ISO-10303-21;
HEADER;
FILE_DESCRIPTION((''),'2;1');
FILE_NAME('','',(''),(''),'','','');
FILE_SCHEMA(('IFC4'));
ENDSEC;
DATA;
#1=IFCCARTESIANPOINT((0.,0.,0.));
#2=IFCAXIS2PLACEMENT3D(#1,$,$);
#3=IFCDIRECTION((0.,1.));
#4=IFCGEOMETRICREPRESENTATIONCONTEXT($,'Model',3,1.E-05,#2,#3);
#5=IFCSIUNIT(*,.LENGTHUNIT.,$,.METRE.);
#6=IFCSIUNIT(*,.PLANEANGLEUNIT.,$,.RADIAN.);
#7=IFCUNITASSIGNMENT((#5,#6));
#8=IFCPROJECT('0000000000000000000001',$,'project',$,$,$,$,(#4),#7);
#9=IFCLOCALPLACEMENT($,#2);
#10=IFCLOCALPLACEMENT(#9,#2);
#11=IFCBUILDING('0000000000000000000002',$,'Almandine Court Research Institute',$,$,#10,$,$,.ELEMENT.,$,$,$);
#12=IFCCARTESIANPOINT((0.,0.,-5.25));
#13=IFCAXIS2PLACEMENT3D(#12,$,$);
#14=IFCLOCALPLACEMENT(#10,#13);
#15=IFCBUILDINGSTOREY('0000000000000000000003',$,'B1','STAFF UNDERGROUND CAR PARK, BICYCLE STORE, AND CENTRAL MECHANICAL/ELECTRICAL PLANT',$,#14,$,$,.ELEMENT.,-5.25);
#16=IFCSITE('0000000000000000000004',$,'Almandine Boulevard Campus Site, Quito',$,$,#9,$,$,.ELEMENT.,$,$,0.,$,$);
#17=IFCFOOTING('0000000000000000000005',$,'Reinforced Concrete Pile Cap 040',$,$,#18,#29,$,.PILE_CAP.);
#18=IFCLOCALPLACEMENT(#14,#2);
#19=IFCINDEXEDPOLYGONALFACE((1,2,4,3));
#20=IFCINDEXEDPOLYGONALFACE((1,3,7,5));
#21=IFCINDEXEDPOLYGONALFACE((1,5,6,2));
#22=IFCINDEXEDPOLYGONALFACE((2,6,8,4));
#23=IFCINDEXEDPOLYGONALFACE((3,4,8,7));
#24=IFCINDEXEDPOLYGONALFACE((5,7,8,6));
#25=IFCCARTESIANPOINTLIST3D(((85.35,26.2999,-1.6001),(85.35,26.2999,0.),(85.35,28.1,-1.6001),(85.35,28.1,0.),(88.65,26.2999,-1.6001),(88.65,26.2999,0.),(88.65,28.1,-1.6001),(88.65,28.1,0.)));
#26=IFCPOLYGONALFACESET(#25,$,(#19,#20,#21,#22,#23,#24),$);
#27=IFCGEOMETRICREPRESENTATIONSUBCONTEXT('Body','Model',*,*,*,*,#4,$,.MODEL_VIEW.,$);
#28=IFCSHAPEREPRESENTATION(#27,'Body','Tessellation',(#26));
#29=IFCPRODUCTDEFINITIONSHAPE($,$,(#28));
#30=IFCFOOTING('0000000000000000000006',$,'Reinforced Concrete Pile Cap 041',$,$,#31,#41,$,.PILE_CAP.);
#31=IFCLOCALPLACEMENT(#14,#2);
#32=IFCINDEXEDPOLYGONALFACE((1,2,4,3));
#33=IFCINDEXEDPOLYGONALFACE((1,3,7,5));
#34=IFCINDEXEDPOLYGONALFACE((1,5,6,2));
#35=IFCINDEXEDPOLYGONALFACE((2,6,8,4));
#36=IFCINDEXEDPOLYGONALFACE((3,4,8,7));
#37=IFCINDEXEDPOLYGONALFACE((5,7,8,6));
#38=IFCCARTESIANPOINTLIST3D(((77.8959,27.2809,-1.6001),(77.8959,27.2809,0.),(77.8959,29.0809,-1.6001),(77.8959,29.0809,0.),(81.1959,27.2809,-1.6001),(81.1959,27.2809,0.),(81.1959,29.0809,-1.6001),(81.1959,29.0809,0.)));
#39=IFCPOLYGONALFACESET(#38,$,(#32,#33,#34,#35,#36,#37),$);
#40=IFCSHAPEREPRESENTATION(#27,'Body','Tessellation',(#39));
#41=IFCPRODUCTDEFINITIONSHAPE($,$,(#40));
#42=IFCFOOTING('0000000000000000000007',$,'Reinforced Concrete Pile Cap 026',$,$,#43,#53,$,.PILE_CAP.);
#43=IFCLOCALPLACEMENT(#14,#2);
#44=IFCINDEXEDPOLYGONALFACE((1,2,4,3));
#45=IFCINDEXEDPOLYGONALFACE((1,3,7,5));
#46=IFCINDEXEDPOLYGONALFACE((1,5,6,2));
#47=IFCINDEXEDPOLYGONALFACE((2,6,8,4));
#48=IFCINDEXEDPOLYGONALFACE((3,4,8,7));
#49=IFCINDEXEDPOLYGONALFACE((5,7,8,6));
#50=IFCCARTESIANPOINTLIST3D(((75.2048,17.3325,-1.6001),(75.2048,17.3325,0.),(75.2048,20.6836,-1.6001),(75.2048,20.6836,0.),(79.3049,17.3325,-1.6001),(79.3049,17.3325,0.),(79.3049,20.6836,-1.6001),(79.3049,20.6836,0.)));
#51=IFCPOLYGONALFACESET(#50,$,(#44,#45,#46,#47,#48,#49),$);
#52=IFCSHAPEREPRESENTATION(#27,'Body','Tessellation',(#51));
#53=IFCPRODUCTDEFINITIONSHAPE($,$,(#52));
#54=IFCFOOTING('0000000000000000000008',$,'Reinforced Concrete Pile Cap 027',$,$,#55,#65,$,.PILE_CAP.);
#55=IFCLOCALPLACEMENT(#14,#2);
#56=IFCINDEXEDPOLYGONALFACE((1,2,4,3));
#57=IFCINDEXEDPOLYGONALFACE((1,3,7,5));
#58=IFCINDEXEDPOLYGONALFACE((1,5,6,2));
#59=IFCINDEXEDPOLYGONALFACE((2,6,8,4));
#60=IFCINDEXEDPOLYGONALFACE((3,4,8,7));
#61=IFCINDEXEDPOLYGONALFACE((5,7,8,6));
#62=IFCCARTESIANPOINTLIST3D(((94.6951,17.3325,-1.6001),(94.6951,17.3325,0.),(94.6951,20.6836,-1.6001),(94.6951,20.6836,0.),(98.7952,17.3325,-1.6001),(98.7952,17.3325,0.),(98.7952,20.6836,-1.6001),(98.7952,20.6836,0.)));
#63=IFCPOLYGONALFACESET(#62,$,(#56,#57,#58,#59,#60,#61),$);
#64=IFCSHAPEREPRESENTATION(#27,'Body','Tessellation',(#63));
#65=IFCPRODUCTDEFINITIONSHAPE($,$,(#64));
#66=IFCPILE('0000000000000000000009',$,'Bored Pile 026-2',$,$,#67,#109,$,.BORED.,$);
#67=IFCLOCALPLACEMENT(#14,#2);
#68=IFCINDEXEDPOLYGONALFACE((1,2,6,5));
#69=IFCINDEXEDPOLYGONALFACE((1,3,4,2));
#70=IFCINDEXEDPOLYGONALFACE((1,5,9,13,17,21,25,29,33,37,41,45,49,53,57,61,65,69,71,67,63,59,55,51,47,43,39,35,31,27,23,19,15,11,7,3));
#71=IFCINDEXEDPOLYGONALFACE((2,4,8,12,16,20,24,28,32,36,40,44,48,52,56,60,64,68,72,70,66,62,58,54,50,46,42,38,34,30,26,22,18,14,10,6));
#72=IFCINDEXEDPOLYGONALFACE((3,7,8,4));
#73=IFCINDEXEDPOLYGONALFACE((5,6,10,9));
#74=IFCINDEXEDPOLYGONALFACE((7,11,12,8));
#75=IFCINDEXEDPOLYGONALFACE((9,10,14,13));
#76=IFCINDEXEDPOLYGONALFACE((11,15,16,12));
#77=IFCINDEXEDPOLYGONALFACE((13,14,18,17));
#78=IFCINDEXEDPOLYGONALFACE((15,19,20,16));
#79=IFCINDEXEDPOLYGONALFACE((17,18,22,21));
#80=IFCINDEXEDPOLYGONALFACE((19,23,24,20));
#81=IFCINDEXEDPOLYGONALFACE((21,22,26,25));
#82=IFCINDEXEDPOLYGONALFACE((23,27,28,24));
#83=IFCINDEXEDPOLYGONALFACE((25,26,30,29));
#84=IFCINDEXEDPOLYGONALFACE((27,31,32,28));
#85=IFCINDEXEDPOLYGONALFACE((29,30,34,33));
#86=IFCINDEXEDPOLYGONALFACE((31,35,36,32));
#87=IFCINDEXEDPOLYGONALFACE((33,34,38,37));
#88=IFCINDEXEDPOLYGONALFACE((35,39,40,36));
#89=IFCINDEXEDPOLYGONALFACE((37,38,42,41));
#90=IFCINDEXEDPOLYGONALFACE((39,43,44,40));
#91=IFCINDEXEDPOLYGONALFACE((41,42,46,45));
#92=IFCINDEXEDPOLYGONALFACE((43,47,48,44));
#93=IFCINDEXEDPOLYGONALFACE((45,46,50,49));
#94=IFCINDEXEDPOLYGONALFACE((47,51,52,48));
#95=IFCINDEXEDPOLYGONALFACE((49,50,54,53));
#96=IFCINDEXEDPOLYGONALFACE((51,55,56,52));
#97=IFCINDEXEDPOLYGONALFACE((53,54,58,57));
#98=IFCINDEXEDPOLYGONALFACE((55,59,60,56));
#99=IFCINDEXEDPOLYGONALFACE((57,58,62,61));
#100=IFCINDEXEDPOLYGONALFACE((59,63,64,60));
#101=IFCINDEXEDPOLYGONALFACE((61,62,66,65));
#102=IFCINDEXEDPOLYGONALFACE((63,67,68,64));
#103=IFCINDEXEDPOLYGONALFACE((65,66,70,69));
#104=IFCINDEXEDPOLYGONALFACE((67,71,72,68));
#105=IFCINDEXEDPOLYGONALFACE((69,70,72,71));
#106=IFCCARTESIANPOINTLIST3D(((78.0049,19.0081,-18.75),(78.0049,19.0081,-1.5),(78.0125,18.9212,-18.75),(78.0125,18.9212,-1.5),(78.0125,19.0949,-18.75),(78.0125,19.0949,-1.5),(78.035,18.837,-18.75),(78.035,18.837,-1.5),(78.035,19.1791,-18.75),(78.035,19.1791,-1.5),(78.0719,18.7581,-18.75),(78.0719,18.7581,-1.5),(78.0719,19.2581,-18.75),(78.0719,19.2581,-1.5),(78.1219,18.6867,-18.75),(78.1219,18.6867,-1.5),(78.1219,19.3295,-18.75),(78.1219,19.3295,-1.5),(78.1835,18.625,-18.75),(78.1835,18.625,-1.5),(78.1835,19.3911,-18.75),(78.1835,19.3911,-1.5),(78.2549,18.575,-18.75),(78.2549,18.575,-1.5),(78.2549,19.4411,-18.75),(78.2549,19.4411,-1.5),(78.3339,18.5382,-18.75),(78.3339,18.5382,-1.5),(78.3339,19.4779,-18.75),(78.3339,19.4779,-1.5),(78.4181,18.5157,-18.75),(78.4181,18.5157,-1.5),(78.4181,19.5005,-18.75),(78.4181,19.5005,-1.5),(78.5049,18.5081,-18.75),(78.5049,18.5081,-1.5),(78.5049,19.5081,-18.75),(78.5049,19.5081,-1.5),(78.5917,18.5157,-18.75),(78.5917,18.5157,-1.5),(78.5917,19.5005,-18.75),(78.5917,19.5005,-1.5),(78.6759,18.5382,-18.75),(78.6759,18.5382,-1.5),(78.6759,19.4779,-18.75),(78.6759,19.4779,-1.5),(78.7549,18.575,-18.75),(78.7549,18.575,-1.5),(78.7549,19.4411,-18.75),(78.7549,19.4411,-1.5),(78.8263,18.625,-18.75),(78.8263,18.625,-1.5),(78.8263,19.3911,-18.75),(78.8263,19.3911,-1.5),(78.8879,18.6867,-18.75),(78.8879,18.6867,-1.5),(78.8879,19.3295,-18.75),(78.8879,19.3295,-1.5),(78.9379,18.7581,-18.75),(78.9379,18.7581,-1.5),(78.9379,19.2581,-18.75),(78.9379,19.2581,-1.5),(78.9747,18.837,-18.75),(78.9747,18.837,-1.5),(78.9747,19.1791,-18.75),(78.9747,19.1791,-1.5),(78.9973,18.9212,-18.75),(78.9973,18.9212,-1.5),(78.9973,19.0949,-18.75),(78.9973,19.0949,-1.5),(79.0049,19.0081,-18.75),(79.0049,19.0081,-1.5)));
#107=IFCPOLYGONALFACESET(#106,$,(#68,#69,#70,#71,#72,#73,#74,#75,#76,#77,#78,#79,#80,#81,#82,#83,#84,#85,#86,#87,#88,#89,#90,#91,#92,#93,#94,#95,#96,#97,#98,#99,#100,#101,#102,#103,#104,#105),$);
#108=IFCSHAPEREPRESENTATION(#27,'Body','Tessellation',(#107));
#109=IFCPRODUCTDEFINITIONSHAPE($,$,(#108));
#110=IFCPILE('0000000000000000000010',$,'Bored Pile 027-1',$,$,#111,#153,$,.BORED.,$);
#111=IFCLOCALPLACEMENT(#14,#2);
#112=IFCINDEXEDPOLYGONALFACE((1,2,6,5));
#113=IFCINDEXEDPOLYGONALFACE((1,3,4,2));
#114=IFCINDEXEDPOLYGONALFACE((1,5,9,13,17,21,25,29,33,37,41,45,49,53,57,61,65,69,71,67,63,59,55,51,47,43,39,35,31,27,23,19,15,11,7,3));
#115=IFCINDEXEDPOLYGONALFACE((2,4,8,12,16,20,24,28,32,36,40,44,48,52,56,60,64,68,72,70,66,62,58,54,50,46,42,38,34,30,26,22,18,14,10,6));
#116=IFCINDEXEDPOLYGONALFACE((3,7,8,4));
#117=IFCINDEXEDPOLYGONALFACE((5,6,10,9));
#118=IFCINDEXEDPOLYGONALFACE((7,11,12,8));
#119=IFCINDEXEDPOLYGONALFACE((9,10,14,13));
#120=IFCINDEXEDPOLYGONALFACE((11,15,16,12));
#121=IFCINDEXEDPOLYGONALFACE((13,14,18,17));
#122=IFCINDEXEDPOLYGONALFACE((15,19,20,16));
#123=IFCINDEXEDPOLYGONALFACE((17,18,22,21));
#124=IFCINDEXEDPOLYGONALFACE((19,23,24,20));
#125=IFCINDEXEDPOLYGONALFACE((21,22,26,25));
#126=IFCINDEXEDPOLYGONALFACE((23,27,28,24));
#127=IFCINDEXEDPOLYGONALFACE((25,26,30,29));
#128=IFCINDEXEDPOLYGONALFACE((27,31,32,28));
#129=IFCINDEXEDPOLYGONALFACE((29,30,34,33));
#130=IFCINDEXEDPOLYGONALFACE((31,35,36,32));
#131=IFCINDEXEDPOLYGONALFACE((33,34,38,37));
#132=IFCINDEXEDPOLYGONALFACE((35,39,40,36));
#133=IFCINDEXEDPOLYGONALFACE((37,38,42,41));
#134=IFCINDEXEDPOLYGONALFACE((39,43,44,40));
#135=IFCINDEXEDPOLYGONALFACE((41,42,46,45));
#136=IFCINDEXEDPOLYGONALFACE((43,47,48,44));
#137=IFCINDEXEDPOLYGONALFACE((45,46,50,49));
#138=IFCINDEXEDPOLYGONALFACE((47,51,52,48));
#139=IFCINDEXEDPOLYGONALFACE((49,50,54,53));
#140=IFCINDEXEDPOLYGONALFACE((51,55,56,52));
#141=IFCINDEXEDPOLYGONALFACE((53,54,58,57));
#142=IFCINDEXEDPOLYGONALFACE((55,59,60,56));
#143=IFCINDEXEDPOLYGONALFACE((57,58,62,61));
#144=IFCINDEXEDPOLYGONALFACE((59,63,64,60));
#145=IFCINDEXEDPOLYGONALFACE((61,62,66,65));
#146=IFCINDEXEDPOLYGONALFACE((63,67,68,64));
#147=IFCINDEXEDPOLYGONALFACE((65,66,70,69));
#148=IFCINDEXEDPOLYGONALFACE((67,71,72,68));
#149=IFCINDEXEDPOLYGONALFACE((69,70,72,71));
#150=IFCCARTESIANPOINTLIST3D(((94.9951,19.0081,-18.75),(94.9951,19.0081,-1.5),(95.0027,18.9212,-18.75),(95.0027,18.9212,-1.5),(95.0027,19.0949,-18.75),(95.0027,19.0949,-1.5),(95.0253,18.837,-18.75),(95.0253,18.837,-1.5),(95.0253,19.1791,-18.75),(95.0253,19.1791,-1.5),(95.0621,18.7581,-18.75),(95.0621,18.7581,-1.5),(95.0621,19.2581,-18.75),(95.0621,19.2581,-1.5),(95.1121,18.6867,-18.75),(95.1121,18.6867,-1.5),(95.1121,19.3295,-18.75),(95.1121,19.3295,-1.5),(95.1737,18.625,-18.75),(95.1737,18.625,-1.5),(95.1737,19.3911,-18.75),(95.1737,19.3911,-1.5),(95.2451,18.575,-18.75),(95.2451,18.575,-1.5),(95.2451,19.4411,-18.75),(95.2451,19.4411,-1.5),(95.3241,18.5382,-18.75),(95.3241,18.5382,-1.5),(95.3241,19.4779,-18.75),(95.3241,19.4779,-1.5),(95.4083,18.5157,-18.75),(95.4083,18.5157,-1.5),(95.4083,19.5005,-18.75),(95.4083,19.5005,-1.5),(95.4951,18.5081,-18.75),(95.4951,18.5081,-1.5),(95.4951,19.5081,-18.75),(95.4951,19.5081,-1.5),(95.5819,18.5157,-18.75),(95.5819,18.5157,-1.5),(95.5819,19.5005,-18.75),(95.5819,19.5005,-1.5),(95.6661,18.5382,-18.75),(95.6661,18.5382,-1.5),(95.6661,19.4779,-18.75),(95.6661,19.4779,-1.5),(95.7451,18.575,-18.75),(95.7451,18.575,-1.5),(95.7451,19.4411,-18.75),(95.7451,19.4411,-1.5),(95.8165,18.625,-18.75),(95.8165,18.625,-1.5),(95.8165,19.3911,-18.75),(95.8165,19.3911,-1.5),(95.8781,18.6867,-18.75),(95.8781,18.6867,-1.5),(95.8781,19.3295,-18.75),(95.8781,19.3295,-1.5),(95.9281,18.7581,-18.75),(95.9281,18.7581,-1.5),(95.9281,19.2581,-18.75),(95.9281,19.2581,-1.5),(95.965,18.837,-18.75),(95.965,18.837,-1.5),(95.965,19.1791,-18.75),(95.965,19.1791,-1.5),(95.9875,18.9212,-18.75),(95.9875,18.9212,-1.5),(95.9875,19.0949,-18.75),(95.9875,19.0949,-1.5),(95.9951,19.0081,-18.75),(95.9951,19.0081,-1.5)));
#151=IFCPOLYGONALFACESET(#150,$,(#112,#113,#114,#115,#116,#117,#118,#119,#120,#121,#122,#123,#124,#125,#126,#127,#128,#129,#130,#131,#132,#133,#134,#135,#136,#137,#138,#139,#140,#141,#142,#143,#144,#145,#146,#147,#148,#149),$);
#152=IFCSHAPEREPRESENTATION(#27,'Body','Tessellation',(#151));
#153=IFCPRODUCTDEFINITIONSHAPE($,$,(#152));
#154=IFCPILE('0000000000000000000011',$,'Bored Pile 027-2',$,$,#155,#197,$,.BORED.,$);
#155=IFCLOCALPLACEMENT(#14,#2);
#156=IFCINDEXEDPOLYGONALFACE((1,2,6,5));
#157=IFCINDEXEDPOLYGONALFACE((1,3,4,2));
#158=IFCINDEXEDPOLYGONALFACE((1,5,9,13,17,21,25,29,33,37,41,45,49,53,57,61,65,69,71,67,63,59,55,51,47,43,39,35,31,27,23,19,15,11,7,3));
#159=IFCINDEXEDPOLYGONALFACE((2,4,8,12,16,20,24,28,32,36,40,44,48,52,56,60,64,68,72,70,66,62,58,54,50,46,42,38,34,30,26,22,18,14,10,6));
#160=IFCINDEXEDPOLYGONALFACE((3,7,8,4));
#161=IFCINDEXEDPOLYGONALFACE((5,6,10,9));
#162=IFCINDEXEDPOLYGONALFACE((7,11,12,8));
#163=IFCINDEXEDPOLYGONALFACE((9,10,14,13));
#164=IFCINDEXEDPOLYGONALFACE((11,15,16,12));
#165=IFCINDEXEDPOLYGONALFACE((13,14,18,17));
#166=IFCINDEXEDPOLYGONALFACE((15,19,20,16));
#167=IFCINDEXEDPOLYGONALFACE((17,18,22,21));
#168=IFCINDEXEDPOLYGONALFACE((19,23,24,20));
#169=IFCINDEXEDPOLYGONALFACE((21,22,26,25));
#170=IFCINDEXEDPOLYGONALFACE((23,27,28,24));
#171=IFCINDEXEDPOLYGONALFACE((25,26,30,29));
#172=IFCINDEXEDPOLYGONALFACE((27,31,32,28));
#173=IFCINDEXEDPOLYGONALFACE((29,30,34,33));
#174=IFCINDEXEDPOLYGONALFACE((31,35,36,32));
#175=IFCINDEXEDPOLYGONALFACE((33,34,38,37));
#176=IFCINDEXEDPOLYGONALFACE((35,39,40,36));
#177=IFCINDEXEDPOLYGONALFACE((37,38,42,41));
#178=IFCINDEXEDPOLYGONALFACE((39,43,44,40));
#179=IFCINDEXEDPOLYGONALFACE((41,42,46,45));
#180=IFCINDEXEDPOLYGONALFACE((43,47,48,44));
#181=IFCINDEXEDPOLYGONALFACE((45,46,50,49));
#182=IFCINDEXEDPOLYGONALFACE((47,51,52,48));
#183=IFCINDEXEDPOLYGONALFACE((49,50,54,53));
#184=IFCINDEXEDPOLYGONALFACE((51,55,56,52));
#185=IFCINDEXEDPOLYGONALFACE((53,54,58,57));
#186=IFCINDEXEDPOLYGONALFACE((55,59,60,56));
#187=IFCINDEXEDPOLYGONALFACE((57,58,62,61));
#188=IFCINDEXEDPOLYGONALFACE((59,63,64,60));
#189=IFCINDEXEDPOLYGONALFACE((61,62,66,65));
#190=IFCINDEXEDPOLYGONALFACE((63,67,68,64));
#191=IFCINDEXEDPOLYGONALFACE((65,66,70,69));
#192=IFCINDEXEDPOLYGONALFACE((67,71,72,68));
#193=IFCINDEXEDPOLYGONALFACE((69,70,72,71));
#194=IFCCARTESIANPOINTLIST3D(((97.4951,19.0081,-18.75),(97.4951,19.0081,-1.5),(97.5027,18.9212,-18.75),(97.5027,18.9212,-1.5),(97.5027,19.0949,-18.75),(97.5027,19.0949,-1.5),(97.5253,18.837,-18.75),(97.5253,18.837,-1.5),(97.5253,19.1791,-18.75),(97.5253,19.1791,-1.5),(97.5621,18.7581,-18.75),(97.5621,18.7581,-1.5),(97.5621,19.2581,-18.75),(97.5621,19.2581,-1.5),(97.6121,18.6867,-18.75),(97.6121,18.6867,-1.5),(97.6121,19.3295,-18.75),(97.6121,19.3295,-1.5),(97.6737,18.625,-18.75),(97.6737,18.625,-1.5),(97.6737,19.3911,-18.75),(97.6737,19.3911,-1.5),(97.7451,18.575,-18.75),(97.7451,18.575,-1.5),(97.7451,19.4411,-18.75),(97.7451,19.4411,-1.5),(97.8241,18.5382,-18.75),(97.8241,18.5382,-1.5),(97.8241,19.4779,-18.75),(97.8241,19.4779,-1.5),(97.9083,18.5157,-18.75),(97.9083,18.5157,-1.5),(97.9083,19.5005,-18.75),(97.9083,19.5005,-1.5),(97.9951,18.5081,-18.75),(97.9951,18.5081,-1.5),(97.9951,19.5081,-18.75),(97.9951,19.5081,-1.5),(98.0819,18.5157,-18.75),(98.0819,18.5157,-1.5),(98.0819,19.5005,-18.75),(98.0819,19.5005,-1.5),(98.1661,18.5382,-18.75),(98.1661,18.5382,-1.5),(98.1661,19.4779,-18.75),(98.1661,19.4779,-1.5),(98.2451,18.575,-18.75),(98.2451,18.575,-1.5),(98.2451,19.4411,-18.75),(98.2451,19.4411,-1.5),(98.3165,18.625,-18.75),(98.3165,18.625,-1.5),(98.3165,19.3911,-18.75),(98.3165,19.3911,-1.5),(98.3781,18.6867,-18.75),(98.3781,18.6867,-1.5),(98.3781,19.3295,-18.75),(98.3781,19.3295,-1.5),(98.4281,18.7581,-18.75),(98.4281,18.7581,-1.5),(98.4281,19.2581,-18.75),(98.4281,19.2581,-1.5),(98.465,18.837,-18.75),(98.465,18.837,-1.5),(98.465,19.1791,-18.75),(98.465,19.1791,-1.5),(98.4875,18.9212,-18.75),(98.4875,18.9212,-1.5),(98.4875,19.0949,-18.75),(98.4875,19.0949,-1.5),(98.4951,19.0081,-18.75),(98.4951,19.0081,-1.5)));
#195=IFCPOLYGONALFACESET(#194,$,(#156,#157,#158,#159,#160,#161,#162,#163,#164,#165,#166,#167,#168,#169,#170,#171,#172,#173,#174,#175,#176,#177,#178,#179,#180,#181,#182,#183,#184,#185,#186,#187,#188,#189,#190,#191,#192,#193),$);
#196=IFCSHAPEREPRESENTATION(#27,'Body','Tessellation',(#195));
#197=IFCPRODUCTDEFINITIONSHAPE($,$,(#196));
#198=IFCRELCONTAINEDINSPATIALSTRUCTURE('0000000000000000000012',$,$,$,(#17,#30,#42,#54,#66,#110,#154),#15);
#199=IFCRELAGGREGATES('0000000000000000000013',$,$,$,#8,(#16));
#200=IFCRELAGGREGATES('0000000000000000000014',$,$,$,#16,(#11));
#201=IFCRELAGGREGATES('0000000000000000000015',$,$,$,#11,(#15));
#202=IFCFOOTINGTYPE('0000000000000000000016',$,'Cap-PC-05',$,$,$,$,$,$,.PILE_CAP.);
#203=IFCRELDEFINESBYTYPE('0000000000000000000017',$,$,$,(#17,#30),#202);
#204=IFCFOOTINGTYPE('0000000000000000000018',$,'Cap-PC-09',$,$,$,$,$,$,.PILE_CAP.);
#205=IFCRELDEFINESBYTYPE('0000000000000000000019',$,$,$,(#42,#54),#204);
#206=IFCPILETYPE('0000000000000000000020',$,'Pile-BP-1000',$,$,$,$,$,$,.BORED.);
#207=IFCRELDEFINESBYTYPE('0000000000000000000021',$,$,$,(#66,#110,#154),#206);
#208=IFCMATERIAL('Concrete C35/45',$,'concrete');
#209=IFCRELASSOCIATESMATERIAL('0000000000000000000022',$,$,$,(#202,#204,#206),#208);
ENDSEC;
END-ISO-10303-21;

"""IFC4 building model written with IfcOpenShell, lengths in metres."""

from ifc_helpers import new_model, si_unit, direction, frame, origin, origin_2d, place, context, subcontext, project, spatial, rectangle, circle, extrude, material, material_profile, profile_set, type_object, element, save


model = new_model("IFC4")

# Units and contexts
model_context = context("Model", 3, precision=1e-05, world=origin(), true_north=direction((0.0, 1.0)))
body_context = subcontext(model_context, "Body", "Model", "MODEL_VIEW")
ifc_project = project(units=[si_unit("LENGTHUNIT", "METRE"), si_unit("PLANEANGLEUNIT", "RADIAN")], contexts=[model_context])

# Site, building, storey
site_placement = place(None, origin())
site = spatial("IfcSite", under=ifc_project, at=site_placement, Name="Almandine Boulevard Campus Site, Quito", CompositionType="ELEMENT", RefElevation=0.0)
building_placement = place(site_placement, origin())
building = spatial("IfcBuilding", under=site, at=building_placement, Name="Almandine Court Research Institute", CompositionType="ELEMENT")
storey_placement = place(building_placement, frame((0.0, 0.0, -5.25)))
storey = spatial("IfcBuildingStorey", under=building, at=storey_placement, Name="B1", Description="STAFF UNDERGROUND CAR PARK, BICYCLE STORE, AND CENTRAL MECHANICAL/ELECTRICAL PLANT", CompositionType="ELEMENT", Elevation=-5.25)

# Footings
ifc_material_1 = material(Name="Concrete C35/45", Category="concrete")
footing_type_1 = type_object("IfcFootingType", Name="Cap-PC-05", PredefinedType="PILE_CAP", material=ifc_material_1)
for number, where, z_axis, x_axis, name in (
    (1, (87.0, 27.2, -1.6001), (0.0, 0.0, 1.0), (1.0, 0.0, 0.0), "Reinforced Concrete Pile Cap 040"),
    (2, (79.5459, 28.1809, -1.6001), (0.0, 0.0, 1.0), (1.0, 0.0, 0.0), "Reinforced Concrete Pile Cap 041"),
):
    element("IfcFooting", number, at=place(storey_placement, frame(where, z_axis=z_axis, x_axis=x_axis)), inside=storey, type_object=footing_type_1, Name=name, PredefinedType="PILE_CAP", context=body_context, shape_type="SweptSolid", body=[
        extrude(rectangle(XDim=3.3, YDim=1.8, at=origin_2d()), origin(), (0.0, 0.0, 1.0), 1.6001),
    ])
footing_type_2 = type_object("IfcFootingType", Name="Cap-PC-09", PredefinedType="PILE_CAP", material=ifc_material_1)
for number, where, z_axis, x_axis, name in (
    (3, (77.2549, 19.0081, -1.6001), (0.0, 0.0, 1.0), (1.0, 0.0, 0.0), "Reinforced Concrete Pile Cap 026"),
    (4, (96.7451, 19.0081, -1.6001), (0.0, 0.0, 1.0), (1.0, 0.0, 0.0), "Reinforced Concrete Pile Cap 027"),
):
    element("IfcFooting", number, at=place(storey_placement, frame(where, z_axis=z_axis, x_axis=x_axis)), inside=storey, type_object=footing_type_2, Name=name, PredefinedType="PILE_CAP", context=body_context, shape_type="SweptSolid", body=[
        extrude(rectangle(XDim=4.1001, YDim=3.3511, at=origin_2d()), origin(), (0.0, 0.0, 1.0), 1.6001),
    ])

# Piles
ifc_material_profile_1 = material_profile(ifc_material_1, circle(Radius=0.5, at=origin_2d()), Name="BORED PILE D1000")
ifc_profile_set_1 = profile_set([ifc_material_profile_1], Name="Concrete C35/45")
pile_type_1 = type_object("IfcPileType", Name="Pile-BP-1000", PredefinedType="BORED", material=ifc_profile_set_1)
for number, where, z_axis, x_axis, name in (
    (5, (78.5049, 19.0081, -1.5), (0.0, 0.0, -1.0), (1.0, 0.0, 0.0), "Bored Pile 026-2"),
    (6, (95.4951, 19.0081, -1.5), (0.0, 0.0, -1.0), (1.0, 0.0, 0.0), "Bored Pile 027-1"),
    (7, (97.9951, 19.0081, -1.5), (0.0, 0.0, -1.0), (1.0, 0.0, 0.0), "Bored Pile 027-2"),
):
    element("IfcPile", number, at=place(storey_placement, frame(where, z_axis=z_axis, x_axis=x_axis)), inside=storey, type_object=pile_type_1, Name=name, PredefinedType="BORED", context=body_context, shape_type="SweptSolid", body=[
        extrude(circle(Radius=0.5, at=origin_2d()), origin(), (0.0, 0.0, 1.0), 17.25),
    ])

save(model, "model.ifc")
